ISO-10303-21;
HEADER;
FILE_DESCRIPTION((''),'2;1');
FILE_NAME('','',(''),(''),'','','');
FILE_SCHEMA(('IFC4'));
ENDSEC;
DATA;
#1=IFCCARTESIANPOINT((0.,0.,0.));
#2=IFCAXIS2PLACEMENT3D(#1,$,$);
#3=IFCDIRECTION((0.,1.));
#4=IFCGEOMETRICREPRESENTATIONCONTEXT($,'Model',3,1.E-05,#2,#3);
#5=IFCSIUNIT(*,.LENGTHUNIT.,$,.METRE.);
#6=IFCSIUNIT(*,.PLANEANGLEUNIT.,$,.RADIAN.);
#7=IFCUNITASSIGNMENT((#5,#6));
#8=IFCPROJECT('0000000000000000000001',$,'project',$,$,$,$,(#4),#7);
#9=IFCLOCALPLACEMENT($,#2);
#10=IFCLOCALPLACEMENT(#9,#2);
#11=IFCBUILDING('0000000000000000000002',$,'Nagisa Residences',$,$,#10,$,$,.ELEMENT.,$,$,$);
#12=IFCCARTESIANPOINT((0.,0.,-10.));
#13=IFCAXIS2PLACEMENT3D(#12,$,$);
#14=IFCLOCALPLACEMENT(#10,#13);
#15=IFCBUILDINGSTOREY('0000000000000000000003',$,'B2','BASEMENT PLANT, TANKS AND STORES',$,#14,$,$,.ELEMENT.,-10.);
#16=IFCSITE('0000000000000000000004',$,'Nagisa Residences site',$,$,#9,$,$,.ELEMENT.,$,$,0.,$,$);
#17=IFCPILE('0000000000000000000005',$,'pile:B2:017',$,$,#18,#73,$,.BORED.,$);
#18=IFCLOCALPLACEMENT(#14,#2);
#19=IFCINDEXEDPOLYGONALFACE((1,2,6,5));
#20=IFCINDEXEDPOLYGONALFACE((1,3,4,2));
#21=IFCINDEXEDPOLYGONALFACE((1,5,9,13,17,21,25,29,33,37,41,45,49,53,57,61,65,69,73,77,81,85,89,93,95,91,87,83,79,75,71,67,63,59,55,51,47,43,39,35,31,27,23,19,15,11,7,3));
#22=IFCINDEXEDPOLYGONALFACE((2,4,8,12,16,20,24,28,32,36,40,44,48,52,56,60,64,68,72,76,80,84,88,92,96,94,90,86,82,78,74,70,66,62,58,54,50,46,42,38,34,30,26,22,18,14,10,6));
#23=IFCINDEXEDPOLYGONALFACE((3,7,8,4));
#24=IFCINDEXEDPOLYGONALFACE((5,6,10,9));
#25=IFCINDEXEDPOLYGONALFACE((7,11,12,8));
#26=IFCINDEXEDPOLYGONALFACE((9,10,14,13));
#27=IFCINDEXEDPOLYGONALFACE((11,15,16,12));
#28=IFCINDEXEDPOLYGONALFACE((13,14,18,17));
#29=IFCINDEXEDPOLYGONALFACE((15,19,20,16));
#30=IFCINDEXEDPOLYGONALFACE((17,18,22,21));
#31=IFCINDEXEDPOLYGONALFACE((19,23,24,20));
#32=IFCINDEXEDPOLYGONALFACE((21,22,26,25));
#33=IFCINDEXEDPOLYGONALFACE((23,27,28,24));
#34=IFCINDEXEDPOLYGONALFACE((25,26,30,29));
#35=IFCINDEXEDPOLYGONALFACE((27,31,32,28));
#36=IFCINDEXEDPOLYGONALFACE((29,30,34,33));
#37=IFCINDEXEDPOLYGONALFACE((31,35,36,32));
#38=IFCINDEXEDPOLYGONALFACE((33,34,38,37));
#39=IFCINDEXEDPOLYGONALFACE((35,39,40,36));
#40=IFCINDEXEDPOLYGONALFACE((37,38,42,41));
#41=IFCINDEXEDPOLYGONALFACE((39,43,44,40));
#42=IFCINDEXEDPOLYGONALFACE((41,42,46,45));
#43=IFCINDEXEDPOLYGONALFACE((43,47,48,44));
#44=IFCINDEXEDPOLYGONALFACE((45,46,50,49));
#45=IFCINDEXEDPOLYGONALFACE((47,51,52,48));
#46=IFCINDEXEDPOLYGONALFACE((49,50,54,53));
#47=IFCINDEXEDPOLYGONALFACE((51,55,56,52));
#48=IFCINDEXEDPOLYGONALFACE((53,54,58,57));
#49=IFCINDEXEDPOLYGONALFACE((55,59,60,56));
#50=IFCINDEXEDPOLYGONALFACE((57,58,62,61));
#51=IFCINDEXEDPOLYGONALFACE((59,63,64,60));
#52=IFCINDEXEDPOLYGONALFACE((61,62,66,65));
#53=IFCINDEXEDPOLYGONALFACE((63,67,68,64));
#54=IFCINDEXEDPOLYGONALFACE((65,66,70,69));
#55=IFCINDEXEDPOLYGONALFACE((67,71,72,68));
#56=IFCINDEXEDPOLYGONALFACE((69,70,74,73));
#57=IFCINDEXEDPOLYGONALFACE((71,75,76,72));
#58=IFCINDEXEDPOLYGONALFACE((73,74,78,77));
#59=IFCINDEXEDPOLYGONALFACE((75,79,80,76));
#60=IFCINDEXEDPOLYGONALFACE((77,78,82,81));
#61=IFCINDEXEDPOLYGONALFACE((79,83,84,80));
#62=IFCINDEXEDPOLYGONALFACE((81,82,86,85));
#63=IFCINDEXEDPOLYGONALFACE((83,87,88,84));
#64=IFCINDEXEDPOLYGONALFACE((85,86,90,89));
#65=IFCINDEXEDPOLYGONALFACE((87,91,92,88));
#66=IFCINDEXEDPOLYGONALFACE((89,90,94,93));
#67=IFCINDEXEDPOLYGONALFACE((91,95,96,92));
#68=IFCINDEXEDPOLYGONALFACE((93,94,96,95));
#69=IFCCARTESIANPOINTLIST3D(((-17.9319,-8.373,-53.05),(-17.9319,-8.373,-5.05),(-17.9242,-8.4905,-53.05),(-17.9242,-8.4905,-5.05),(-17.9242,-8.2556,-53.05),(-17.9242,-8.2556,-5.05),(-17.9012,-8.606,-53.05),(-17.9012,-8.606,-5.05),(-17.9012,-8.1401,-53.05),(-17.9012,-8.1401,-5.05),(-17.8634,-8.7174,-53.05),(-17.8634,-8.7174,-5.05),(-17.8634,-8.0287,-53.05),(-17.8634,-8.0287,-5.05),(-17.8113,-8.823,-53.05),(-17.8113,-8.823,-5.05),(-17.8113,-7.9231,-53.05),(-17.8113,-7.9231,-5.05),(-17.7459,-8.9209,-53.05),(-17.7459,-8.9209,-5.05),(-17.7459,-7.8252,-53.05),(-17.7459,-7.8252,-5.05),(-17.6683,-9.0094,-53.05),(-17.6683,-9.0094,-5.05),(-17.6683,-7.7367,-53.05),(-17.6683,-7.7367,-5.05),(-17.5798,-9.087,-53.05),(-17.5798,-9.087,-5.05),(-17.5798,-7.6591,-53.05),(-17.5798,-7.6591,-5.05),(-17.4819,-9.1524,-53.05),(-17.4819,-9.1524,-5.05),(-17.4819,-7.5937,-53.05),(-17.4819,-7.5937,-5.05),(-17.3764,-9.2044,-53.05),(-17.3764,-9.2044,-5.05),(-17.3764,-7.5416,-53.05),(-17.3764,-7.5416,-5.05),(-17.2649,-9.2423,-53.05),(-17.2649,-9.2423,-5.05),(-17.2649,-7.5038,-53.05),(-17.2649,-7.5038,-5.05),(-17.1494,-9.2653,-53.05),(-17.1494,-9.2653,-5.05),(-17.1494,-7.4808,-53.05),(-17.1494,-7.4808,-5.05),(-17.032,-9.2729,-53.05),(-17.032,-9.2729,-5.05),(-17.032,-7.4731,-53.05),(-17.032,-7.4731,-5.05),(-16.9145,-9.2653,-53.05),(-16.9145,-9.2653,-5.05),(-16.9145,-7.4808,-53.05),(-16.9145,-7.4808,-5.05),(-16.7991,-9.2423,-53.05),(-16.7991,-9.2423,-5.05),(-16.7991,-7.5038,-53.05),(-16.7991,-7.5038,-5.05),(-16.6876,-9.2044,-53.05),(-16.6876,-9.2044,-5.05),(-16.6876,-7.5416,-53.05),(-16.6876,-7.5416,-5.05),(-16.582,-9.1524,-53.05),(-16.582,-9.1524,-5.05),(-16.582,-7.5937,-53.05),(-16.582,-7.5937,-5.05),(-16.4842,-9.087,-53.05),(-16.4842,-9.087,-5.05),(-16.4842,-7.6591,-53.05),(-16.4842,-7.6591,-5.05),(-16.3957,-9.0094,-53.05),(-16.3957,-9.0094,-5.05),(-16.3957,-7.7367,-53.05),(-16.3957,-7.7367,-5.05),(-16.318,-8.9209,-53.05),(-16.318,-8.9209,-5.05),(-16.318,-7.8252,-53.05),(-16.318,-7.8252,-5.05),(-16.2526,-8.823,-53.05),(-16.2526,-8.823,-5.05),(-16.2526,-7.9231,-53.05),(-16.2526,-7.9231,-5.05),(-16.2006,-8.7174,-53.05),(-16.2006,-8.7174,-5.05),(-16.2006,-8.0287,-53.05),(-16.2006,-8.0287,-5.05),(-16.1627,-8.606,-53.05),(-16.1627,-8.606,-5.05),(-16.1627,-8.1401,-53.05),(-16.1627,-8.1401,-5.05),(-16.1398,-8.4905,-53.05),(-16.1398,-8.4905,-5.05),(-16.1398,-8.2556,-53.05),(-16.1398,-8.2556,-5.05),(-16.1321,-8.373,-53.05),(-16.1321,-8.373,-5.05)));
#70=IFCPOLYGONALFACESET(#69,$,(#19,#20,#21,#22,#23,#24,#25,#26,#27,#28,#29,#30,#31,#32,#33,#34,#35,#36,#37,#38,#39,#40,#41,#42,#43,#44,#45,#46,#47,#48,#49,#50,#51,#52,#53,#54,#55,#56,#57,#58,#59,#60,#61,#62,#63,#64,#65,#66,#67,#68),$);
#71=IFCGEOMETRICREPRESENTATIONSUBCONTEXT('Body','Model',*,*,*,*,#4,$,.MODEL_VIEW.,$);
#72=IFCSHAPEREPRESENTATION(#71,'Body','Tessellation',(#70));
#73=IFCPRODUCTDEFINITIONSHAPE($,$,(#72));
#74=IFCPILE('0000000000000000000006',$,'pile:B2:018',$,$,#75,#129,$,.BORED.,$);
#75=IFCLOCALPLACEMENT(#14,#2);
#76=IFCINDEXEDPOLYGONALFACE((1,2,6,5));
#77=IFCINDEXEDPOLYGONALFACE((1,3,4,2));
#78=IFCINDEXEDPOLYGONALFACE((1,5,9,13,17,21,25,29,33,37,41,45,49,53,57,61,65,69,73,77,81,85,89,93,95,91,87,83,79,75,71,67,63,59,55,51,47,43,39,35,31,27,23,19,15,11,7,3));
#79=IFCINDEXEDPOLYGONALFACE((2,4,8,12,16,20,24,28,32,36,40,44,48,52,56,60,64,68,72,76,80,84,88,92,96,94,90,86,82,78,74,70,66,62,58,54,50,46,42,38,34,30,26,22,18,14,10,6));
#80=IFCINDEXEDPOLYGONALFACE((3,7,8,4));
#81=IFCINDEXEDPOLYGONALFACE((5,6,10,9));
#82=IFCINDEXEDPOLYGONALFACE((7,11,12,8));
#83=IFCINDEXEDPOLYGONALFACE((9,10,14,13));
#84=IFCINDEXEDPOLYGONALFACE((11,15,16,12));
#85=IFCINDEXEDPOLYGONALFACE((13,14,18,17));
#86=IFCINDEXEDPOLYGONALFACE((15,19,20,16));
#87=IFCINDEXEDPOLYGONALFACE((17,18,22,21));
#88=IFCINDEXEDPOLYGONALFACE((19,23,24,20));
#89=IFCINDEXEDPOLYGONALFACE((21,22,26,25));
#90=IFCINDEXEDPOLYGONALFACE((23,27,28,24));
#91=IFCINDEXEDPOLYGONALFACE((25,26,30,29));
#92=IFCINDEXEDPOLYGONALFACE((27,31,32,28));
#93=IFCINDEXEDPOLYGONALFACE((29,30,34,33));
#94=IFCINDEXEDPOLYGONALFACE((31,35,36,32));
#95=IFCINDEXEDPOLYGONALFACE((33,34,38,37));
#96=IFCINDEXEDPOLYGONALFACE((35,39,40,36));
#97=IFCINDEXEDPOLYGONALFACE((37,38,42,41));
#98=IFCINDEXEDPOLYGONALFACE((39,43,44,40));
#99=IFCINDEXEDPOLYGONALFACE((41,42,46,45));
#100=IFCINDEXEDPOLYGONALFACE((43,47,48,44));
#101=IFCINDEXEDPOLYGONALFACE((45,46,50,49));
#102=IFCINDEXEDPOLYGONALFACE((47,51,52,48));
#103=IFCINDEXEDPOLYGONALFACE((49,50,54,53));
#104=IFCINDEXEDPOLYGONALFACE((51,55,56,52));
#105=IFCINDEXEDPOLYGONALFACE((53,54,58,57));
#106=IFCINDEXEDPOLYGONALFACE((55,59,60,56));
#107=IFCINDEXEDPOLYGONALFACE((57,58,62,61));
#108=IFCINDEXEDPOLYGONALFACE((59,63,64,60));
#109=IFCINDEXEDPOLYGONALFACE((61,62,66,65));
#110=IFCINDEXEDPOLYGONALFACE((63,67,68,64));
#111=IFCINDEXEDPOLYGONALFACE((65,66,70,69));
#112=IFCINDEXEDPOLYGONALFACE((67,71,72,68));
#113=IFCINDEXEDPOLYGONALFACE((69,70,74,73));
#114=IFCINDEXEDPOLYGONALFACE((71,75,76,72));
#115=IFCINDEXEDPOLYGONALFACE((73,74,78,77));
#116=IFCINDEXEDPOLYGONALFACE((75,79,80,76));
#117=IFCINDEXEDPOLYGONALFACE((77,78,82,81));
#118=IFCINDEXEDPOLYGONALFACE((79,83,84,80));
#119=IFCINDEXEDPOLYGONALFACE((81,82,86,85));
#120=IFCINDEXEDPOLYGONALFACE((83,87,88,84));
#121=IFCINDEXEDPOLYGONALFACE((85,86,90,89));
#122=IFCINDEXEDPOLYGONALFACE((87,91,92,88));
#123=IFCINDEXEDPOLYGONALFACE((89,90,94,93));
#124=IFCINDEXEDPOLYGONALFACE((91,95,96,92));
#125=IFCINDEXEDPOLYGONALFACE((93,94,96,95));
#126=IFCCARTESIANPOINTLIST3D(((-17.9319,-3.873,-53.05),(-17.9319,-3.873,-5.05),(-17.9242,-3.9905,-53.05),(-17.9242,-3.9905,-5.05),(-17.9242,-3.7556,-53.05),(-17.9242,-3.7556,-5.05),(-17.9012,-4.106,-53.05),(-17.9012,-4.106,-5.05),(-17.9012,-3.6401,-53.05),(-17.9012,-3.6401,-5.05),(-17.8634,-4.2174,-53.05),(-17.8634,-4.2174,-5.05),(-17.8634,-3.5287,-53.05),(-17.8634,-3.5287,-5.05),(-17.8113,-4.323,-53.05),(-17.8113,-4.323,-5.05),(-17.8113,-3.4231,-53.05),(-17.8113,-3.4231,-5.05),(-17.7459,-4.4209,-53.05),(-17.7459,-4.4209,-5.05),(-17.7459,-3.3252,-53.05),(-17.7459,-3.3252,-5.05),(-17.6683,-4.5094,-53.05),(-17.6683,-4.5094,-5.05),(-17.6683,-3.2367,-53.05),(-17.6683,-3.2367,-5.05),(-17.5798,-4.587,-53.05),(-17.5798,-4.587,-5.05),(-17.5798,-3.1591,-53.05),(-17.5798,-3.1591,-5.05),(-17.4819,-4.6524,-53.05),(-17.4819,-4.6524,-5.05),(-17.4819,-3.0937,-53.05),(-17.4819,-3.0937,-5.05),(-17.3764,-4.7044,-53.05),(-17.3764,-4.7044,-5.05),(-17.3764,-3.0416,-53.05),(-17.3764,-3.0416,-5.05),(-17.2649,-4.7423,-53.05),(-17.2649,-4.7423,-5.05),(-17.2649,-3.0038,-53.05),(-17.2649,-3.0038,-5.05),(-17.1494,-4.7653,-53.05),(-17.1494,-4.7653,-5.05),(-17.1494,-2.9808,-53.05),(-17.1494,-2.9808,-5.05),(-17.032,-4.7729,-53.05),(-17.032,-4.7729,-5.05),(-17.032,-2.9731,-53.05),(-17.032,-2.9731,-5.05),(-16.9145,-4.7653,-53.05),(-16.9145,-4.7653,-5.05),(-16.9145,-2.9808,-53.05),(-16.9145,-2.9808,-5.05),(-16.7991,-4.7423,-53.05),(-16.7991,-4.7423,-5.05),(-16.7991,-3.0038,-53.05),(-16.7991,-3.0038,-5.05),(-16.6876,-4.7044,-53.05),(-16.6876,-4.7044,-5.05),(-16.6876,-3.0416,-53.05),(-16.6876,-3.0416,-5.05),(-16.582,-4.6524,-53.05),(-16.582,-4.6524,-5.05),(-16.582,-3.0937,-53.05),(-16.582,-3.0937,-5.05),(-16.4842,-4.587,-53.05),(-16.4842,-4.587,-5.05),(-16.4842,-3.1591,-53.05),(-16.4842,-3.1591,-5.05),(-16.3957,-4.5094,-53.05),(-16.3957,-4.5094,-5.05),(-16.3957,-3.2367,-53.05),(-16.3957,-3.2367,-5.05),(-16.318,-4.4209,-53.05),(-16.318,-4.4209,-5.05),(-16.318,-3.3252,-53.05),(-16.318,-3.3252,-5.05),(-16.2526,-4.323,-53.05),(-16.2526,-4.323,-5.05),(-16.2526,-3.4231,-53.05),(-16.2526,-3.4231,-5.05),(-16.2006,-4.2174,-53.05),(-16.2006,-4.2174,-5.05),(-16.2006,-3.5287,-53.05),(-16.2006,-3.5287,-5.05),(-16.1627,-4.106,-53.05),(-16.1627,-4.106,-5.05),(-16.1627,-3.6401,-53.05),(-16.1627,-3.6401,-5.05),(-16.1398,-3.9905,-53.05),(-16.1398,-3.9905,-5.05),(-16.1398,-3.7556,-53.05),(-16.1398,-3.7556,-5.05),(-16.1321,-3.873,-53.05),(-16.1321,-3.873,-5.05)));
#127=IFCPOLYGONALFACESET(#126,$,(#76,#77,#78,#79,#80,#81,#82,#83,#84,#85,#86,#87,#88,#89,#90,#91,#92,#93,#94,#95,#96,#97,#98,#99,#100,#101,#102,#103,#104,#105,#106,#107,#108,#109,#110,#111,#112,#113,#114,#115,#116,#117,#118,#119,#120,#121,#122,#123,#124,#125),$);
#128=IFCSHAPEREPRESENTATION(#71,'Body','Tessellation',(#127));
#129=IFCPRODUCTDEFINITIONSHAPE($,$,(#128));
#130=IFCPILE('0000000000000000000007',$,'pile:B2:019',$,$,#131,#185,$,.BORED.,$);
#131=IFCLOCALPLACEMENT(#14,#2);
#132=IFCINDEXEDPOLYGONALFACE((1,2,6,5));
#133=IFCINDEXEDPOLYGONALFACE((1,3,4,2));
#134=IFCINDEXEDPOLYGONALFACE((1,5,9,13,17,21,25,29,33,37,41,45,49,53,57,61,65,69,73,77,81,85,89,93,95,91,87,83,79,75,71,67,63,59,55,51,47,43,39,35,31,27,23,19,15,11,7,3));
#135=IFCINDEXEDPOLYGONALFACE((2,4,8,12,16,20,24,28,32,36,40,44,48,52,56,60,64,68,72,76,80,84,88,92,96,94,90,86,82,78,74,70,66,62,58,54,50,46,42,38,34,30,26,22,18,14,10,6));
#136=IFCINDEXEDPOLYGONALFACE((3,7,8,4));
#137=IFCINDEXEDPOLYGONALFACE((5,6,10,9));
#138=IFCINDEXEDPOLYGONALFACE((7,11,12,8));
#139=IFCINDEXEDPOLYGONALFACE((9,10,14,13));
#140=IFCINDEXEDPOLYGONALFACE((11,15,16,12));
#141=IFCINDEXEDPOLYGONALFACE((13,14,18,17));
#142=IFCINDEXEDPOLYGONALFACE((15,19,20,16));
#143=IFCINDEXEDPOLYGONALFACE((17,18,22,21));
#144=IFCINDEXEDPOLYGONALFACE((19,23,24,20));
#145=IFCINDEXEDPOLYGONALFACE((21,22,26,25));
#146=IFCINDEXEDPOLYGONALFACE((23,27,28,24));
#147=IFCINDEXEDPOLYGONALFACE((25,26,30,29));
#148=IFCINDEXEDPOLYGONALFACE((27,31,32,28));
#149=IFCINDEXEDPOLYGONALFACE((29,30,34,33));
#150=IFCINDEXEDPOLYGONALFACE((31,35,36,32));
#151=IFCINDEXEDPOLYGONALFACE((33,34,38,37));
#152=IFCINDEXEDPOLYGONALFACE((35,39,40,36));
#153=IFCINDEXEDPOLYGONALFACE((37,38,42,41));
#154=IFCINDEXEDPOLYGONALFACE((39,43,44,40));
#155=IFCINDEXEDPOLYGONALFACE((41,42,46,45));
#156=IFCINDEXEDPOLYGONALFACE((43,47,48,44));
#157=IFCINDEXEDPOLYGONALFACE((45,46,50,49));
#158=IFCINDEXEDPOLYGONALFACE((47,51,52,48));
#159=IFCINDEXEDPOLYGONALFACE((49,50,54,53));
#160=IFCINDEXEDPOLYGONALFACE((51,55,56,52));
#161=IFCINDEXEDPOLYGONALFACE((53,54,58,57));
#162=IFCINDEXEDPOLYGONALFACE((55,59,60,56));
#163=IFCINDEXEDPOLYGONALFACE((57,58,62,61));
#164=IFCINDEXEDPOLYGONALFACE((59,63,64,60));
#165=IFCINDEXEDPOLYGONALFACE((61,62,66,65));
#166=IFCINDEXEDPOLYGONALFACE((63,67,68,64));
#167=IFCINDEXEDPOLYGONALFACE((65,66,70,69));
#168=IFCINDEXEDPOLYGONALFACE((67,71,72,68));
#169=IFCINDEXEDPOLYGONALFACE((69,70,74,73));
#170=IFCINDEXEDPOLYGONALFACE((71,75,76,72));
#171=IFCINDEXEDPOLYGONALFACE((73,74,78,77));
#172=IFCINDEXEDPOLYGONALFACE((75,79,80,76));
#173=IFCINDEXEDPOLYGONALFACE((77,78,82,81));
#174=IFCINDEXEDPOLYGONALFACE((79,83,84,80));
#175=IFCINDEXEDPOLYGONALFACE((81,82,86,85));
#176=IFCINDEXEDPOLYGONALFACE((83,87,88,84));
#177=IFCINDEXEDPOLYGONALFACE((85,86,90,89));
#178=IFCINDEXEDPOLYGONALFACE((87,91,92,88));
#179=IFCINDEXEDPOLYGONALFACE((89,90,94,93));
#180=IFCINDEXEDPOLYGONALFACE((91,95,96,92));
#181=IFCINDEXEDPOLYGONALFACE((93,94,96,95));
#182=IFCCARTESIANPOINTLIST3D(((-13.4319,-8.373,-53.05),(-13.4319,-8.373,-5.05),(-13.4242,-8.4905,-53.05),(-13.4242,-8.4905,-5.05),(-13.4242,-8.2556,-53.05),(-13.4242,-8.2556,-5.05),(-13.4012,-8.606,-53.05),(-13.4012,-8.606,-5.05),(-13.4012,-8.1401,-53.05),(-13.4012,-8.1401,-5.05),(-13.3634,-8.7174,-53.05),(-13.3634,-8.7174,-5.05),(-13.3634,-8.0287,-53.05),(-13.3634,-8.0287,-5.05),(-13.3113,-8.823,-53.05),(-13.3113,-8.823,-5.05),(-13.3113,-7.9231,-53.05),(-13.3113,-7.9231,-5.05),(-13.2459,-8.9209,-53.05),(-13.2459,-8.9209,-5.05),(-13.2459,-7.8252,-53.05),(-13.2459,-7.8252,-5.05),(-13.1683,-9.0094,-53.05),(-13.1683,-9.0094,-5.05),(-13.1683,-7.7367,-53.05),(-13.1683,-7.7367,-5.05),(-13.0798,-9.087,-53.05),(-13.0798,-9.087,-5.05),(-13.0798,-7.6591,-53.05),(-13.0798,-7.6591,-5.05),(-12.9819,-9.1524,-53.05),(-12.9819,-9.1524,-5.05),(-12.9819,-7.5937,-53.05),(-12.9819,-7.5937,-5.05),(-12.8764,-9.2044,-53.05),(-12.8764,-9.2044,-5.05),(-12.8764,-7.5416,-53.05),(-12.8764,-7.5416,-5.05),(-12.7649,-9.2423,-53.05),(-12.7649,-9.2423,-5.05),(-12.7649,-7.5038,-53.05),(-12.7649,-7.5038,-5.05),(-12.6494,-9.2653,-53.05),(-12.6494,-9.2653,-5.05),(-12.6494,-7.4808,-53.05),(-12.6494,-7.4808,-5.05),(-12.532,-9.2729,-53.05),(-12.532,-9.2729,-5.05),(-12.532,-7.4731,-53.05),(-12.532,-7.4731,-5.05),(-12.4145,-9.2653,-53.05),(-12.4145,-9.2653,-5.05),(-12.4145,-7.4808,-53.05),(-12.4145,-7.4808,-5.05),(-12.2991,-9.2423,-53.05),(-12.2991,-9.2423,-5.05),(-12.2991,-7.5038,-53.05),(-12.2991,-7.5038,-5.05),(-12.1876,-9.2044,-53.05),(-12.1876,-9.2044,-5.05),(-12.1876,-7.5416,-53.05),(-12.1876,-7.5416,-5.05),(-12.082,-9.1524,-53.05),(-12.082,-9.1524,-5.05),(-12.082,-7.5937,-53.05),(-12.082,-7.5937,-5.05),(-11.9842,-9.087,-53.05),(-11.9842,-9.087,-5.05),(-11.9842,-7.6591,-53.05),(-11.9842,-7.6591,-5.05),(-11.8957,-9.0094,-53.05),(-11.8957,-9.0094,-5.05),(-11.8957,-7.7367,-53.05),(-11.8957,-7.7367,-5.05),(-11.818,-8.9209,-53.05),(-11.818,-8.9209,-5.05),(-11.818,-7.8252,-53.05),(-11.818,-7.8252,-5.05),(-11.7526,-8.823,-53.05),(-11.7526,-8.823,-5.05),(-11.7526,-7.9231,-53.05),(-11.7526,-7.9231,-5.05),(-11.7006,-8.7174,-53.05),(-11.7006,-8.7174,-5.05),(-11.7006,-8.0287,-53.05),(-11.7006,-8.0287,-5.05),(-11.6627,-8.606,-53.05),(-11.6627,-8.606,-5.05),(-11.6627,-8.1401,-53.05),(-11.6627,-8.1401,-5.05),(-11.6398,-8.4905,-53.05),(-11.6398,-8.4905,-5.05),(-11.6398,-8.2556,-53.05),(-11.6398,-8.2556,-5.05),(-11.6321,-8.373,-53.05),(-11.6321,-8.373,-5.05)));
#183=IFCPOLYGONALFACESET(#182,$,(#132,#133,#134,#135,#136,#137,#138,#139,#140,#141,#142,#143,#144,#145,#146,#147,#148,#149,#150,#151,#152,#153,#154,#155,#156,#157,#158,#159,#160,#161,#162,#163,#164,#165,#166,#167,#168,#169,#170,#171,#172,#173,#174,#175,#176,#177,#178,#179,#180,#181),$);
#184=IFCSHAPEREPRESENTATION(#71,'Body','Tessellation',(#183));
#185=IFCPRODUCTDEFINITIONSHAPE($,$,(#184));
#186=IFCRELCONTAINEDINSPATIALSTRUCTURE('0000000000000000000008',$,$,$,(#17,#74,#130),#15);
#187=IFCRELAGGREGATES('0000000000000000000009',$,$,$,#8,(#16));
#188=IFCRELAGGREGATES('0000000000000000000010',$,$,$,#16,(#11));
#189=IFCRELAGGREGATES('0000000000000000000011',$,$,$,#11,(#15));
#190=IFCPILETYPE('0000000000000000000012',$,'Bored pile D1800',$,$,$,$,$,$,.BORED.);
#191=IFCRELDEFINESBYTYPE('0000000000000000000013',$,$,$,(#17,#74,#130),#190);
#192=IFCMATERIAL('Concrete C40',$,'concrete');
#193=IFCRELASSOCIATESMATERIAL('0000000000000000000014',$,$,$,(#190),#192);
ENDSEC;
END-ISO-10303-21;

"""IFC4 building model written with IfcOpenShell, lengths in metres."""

from ifc_helpers import new_model, si_unit, direction, frame, origin, origin_2d, place, context, subcontext, project, spatial, circle, extrude, material, material_profile, profile_set, type_object, element, save


model = new_model("IFC4")

# Units and contexts
model_context = context("Model", 3, precision=1e-05, world=origin(), true_north=direction((0.0, 1.0)))
body_context = subcontext(model_context, "Body", "Model", "MODEL_VIEW")
ifc_project = project(units=[si_unit("LENGTHUNIT", "METRE"), si_unit("PLANEANGLEUNIT", "RADIAN")], contexts=[model_context])

# Site, building, storey
site_placement = place(None, origin())
site = spatial("IfcSite", under=ifc_project, at=site_placement, Name="Nagisa Residences site", CompositionType="ELEMENT", RefElevation=0.0)
building_placement = place(site_placement, origin())
building = spatial("IfcBuilding", under=site, at=building_placement, Name="Nagisa Residences", CompositionType="ELEMENT")
storey_placement = place(building_placement, frame((0.0, 0.0, -10.0)))
storey = spatial("IfcBuildingStorey", under=building, at=storey_placement, Name="B2", Description="BASEMENT PLANT, TANKS AND STORES", CompositionType="ELEMENT", Elevation=-10.0)

# Piles
ifc_material_1 = material(Name="Concrete C40", Category="concrete")
ifc_material_profile_1 = material_profile(ifc_material_1, circle(Radius=0.8999, at=origin_2d()), Name="Bored pile D1800")
ifc_profile_set_1 = profile_set([ifc_material_profile_1], Name="Concrete C40")
pile_type = type_object("IfcPileType", Name="Bored pile D1800", PredefinedType="BORED", material=ifc_profile_set_1)
for number, where, z_axis, x_axis, name in (
    (1, (-17.032, -8.373, -5.05), (0.0, 0.0, -1.0), (1.0, 0.0, 0.0), "pile:B2:017"),
    (2, (-17.032, -3.873, -5.05), (0.0, 0.0, -1.0), (1.0, 0.0, 0.0), "pile:B2:018"),
    (3, (-12.532, -8.373, -5.05), (0.0, 0.0, -1.0), (1.0, 0.0, 0.0), "pile:B2:019"),
):
    element("IfcPile", number, at=place(storey_placement, frame(where, z_axis=z_axis, x_axis=x_axis)), inside=storey, type_object=pile_type, Name=name, PredefinedType="BORED", context=body_context, shape_type="SweptSolid", body=[
        extrude(circle(Radius=0.8999, at=origin_2d()), origin(), (0.0, 0.0, 1.0), 48.0),
    ])

save(model, "model.ifc")
